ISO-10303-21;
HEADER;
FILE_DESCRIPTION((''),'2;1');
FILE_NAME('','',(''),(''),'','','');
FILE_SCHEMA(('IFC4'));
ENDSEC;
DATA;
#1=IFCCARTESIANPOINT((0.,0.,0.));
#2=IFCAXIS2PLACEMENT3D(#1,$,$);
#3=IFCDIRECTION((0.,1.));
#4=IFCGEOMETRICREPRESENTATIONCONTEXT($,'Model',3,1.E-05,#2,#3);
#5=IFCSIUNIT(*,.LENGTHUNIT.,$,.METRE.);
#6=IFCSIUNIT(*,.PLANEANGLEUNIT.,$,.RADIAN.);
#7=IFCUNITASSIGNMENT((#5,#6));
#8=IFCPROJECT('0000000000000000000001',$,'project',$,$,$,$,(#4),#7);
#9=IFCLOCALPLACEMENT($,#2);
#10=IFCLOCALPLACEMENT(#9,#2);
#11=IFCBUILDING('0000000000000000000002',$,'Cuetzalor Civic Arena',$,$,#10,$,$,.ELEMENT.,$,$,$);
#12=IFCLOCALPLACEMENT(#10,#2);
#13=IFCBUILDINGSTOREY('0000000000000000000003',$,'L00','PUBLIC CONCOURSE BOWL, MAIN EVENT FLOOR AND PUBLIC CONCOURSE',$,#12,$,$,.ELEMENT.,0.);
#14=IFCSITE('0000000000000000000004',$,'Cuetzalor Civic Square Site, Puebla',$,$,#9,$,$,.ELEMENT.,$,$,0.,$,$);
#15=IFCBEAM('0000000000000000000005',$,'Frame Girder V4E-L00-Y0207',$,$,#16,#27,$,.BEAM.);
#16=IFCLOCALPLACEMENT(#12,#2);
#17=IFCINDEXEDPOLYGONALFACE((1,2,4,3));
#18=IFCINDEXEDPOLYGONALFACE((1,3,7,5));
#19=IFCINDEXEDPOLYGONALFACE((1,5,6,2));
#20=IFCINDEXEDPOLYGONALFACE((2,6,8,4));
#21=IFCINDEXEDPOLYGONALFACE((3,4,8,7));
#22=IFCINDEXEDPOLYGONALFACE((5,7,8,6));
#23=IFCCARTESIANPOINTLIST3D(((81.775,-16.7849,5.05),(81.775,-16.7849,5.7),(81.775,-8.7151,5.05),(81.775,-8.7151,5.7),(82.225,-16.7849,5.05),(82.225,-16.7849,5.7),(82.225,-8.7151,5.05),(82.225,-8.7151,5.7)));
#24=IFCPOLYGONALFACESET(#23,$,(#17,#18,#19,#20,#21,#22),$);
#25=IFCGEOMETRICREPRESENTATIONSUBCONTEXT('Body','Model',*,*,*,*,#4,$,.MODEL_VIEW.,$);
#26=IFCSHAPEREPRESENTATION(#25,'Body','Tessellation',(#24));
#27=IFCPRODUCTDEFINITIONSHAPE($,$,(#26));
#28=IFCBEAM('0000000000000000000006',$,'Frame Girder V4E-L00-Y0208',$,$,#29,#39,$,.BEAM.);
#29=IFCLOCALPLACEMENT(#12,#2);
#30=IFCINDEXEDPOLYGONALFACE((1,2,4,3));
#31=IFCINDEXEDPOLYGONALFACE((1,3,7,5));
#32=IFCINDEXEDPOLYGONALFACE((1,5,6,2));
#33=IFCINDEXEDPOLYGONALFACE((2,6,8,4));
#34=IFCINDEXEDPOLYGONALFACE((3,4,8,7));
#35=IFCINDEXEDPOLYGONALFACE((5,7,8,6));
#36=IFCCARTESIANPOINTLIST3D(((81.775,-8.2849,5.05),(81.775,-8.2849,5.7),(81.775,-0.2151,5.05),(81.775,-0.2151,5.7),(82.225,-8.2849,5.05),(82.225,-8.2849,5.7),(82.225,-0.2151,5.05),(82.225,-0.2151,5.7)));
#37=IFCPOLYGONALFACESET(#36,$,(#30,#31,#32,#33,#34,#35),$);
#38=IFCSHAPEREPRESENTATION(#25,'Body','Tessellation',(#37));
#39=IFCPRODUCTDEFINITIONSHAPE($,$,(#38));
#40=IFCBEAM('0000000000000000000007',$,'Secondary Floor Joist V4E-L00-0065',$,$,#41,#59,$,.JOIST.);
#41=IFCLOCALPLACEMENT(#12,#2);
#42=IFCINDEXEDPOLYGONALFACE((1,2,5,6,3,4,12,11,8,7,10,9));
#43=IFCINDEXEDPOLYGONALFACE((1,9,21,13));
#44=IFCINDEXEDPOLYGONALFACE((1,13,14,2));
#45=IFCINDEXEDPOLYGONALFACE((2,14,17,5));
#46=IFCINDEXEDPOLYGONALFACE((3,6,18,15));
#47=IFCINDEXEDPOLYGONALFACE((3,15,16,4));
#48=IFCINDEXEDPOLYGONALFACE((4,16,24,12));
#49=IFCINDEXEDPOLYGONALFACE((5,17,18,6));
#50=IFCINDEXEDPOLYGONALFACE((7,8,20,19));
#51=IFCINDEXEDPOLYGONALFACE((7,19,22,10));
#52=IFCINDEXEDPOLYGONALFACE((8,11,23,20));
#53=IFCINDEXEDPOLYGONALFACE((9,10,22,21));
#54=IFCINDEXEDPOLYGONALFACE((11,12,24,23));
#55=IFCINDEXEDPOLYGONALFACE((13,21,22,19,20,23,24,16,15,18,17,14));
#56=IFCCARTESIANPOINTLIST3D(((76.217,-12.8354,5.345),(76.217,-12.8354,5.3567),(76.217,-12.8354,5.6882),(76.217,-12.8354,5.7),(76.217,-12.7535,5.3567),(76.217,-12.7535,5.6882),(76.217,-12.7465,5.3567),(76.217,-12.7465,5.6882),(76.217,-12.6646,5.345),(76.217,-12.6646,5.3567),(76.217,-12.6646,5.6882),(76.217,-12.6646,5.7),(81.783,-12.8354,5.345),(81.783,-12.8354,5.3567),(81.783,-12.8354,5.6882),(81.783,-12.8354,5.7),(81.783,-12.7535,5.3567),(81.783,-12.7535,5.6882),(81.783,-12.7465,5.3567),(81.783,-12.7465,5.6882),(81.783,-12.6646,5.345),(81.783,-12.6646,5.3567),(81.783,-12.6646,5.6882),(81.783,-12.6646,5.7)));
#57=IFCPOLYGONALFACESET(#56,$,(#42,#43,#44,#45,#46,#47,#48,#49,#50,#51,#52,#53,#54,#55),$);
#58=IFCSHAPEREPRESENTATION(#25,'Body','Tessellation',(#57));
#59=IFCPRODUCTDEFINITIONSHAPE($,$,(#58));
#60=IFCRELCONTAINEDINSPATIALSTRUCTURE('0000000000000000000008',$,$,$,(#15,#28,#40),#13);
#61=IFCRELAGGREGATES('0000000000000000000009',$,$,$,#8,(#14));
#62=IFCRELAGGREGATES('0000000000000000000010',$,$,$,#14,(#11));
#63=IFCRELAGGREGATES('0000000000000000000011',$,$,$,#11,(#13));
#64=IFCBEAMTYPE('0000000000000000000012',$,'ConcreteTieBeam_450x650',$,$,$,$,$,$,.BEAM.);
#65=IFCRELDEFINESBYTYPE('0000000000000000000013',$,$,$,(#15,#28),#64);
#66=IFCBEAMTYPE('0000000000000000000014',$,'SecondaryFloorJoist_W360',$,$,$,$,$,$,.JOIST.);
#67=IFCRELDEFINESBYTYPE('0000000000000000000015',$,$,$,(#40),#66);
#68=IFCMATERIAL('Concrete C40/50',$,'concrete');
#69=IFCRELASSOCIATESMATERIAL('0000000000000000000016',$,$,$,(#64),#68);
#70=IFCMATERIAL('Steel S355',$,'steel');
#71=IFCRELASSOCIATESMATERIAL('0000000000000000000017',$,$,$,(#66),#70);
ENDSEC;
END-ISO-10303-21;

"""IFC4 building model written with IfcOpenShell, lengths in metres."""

from ifc_helpers import new_model, si_unit, direction, frame, origin, origin_2d, place, context, subcontext, project, spatial, rectangle, i_section, extrude, material, material_profile, profile_set, type_object, element, save


model = new_model("IFC4")

# Units and contexts
model_context = context("Model", 3, precision=1e-05, world=origin(), true_north=direction((0.0, 1.0)))
body_context = subcontext(model_context, "Body", "Model", "MODEL_VIEW")
ifc_project = project(units=[si_unit("LENGTHUNIT", "METRE"), si_unit("PLANEANGLEUNIT", "RADIAN")], contexts=[model_context])

# Site, building, storey
site_placement = place(None, origin())
site = spatial("IfcSite", under=ifc_project, at=site_placement, Name="Cuetzalor Civic Square Site, Puebla", CompositionType="ELEMENT", RefElevation=0.0)
building_placement = place(site_placement, origin())
building = spatial("IfcBuilding", under=site, at=building_placement, Name="Cuetzalor Civic Arena", CompositionType="ELEMENT")
storey_placement = place(building_placement, origin())
storey = spatial("IfcBuildingStorey", under=building, at=storey_placement, Name="L00", Description="PUBLIC CONCOURSE BOWL, MAIN EVENT FLOOR AND PUBLIC CONCOURSE", CompositionType="ELEMENT", Elevation=0.0)

# Beams
ifc_material_1 = material(Name="Concrete C40/50", Category="concrete")
ifc_material_profile_1 = material_profile(ifc_material_1, rectangle(XDim=0.45, YDim=0.6499, at=origin_2d()), Name="RC 450x650")
ifc_profile_set_1 = profile_set([ifc_material_profile_1], Name="Concrete C40/50")
beam_type_1 = type_object("IfcBeamType", Name="ConcreteTieBeam_450x650", PredefinedType="BEAM", material=ifc_profile_set_1)
for number, where, z_axis, x_axis, name in (
    (1, (82.0, -16.7849, 5.375), (0.0, 1.0, 0.0), (-1.0, 0.0, 0.0), "Frame Girder V4E-L00-Y0207"),
    (2, (82.0, -8.2849, 5.375), (0.0, 1.0, 0.0), (-1.0, 0.0, 0.0), "Frame Girder V4E-L00-Y0208"),
):
    element("IfcBeam", number, at=place(storey_placement, frame(where, z_axis=z_axis, x_axis=x_axis)), inside=storey, type_object=beam_type_1, Name=name, PredefinedType="BEAM", context=body_context, shape_type="SweptSolid", body=[
        extrude(rectangle(XDim=0.45, YDim=0.6499, at=origin_2d()), origin(), (0.0, 0.0, 1.0), 8.0698),
    ])
ifc_material_2 = material(Name="Steel S355", Category="steel")
ifc_material_profile_2 = material_profile(ifc_material_2, i_section(OverallWidth=0.1709, OverallDepth=0.355, WebThickness=0.0071, FlangeThickness=0.0117, at=origin_2d()), Name="W360x51")
ifc_profile_set_2 = profile_set([ifc_material_profile_2], Name="Steel S355")
beam_type_2 = type_object("IfcBeamType", Name="SecondaryFloorJoist_W360", PredefinedType="JOIST", material=ifc_profile_set_2)
beam_1_placement = place(storey_placement, frame((76.217, -12.75, 5.5225), z_axis=(1.0, 0.0, 0.0), x_axis=(0.0, 1.0, 0.0)))
element("IfcBeam", 3, at=beam_1_placement, inside=storey, type_object=beam_type_2, Name="Secondary Floor Joist V4E-L00-0065", PredefinedType="JOIST", context=body_context, shape_type="SweptSolid", body=[
    extrude(i_section(OverallWidth=0.1709, OverallDepth=0.355, WebThickness=0.0071, FlangeThickness=0.0117, at=origin_2d()), origin(), (0.0, 0.0, 1.0), 5.5659),
])

save(model, "model.ifc")
